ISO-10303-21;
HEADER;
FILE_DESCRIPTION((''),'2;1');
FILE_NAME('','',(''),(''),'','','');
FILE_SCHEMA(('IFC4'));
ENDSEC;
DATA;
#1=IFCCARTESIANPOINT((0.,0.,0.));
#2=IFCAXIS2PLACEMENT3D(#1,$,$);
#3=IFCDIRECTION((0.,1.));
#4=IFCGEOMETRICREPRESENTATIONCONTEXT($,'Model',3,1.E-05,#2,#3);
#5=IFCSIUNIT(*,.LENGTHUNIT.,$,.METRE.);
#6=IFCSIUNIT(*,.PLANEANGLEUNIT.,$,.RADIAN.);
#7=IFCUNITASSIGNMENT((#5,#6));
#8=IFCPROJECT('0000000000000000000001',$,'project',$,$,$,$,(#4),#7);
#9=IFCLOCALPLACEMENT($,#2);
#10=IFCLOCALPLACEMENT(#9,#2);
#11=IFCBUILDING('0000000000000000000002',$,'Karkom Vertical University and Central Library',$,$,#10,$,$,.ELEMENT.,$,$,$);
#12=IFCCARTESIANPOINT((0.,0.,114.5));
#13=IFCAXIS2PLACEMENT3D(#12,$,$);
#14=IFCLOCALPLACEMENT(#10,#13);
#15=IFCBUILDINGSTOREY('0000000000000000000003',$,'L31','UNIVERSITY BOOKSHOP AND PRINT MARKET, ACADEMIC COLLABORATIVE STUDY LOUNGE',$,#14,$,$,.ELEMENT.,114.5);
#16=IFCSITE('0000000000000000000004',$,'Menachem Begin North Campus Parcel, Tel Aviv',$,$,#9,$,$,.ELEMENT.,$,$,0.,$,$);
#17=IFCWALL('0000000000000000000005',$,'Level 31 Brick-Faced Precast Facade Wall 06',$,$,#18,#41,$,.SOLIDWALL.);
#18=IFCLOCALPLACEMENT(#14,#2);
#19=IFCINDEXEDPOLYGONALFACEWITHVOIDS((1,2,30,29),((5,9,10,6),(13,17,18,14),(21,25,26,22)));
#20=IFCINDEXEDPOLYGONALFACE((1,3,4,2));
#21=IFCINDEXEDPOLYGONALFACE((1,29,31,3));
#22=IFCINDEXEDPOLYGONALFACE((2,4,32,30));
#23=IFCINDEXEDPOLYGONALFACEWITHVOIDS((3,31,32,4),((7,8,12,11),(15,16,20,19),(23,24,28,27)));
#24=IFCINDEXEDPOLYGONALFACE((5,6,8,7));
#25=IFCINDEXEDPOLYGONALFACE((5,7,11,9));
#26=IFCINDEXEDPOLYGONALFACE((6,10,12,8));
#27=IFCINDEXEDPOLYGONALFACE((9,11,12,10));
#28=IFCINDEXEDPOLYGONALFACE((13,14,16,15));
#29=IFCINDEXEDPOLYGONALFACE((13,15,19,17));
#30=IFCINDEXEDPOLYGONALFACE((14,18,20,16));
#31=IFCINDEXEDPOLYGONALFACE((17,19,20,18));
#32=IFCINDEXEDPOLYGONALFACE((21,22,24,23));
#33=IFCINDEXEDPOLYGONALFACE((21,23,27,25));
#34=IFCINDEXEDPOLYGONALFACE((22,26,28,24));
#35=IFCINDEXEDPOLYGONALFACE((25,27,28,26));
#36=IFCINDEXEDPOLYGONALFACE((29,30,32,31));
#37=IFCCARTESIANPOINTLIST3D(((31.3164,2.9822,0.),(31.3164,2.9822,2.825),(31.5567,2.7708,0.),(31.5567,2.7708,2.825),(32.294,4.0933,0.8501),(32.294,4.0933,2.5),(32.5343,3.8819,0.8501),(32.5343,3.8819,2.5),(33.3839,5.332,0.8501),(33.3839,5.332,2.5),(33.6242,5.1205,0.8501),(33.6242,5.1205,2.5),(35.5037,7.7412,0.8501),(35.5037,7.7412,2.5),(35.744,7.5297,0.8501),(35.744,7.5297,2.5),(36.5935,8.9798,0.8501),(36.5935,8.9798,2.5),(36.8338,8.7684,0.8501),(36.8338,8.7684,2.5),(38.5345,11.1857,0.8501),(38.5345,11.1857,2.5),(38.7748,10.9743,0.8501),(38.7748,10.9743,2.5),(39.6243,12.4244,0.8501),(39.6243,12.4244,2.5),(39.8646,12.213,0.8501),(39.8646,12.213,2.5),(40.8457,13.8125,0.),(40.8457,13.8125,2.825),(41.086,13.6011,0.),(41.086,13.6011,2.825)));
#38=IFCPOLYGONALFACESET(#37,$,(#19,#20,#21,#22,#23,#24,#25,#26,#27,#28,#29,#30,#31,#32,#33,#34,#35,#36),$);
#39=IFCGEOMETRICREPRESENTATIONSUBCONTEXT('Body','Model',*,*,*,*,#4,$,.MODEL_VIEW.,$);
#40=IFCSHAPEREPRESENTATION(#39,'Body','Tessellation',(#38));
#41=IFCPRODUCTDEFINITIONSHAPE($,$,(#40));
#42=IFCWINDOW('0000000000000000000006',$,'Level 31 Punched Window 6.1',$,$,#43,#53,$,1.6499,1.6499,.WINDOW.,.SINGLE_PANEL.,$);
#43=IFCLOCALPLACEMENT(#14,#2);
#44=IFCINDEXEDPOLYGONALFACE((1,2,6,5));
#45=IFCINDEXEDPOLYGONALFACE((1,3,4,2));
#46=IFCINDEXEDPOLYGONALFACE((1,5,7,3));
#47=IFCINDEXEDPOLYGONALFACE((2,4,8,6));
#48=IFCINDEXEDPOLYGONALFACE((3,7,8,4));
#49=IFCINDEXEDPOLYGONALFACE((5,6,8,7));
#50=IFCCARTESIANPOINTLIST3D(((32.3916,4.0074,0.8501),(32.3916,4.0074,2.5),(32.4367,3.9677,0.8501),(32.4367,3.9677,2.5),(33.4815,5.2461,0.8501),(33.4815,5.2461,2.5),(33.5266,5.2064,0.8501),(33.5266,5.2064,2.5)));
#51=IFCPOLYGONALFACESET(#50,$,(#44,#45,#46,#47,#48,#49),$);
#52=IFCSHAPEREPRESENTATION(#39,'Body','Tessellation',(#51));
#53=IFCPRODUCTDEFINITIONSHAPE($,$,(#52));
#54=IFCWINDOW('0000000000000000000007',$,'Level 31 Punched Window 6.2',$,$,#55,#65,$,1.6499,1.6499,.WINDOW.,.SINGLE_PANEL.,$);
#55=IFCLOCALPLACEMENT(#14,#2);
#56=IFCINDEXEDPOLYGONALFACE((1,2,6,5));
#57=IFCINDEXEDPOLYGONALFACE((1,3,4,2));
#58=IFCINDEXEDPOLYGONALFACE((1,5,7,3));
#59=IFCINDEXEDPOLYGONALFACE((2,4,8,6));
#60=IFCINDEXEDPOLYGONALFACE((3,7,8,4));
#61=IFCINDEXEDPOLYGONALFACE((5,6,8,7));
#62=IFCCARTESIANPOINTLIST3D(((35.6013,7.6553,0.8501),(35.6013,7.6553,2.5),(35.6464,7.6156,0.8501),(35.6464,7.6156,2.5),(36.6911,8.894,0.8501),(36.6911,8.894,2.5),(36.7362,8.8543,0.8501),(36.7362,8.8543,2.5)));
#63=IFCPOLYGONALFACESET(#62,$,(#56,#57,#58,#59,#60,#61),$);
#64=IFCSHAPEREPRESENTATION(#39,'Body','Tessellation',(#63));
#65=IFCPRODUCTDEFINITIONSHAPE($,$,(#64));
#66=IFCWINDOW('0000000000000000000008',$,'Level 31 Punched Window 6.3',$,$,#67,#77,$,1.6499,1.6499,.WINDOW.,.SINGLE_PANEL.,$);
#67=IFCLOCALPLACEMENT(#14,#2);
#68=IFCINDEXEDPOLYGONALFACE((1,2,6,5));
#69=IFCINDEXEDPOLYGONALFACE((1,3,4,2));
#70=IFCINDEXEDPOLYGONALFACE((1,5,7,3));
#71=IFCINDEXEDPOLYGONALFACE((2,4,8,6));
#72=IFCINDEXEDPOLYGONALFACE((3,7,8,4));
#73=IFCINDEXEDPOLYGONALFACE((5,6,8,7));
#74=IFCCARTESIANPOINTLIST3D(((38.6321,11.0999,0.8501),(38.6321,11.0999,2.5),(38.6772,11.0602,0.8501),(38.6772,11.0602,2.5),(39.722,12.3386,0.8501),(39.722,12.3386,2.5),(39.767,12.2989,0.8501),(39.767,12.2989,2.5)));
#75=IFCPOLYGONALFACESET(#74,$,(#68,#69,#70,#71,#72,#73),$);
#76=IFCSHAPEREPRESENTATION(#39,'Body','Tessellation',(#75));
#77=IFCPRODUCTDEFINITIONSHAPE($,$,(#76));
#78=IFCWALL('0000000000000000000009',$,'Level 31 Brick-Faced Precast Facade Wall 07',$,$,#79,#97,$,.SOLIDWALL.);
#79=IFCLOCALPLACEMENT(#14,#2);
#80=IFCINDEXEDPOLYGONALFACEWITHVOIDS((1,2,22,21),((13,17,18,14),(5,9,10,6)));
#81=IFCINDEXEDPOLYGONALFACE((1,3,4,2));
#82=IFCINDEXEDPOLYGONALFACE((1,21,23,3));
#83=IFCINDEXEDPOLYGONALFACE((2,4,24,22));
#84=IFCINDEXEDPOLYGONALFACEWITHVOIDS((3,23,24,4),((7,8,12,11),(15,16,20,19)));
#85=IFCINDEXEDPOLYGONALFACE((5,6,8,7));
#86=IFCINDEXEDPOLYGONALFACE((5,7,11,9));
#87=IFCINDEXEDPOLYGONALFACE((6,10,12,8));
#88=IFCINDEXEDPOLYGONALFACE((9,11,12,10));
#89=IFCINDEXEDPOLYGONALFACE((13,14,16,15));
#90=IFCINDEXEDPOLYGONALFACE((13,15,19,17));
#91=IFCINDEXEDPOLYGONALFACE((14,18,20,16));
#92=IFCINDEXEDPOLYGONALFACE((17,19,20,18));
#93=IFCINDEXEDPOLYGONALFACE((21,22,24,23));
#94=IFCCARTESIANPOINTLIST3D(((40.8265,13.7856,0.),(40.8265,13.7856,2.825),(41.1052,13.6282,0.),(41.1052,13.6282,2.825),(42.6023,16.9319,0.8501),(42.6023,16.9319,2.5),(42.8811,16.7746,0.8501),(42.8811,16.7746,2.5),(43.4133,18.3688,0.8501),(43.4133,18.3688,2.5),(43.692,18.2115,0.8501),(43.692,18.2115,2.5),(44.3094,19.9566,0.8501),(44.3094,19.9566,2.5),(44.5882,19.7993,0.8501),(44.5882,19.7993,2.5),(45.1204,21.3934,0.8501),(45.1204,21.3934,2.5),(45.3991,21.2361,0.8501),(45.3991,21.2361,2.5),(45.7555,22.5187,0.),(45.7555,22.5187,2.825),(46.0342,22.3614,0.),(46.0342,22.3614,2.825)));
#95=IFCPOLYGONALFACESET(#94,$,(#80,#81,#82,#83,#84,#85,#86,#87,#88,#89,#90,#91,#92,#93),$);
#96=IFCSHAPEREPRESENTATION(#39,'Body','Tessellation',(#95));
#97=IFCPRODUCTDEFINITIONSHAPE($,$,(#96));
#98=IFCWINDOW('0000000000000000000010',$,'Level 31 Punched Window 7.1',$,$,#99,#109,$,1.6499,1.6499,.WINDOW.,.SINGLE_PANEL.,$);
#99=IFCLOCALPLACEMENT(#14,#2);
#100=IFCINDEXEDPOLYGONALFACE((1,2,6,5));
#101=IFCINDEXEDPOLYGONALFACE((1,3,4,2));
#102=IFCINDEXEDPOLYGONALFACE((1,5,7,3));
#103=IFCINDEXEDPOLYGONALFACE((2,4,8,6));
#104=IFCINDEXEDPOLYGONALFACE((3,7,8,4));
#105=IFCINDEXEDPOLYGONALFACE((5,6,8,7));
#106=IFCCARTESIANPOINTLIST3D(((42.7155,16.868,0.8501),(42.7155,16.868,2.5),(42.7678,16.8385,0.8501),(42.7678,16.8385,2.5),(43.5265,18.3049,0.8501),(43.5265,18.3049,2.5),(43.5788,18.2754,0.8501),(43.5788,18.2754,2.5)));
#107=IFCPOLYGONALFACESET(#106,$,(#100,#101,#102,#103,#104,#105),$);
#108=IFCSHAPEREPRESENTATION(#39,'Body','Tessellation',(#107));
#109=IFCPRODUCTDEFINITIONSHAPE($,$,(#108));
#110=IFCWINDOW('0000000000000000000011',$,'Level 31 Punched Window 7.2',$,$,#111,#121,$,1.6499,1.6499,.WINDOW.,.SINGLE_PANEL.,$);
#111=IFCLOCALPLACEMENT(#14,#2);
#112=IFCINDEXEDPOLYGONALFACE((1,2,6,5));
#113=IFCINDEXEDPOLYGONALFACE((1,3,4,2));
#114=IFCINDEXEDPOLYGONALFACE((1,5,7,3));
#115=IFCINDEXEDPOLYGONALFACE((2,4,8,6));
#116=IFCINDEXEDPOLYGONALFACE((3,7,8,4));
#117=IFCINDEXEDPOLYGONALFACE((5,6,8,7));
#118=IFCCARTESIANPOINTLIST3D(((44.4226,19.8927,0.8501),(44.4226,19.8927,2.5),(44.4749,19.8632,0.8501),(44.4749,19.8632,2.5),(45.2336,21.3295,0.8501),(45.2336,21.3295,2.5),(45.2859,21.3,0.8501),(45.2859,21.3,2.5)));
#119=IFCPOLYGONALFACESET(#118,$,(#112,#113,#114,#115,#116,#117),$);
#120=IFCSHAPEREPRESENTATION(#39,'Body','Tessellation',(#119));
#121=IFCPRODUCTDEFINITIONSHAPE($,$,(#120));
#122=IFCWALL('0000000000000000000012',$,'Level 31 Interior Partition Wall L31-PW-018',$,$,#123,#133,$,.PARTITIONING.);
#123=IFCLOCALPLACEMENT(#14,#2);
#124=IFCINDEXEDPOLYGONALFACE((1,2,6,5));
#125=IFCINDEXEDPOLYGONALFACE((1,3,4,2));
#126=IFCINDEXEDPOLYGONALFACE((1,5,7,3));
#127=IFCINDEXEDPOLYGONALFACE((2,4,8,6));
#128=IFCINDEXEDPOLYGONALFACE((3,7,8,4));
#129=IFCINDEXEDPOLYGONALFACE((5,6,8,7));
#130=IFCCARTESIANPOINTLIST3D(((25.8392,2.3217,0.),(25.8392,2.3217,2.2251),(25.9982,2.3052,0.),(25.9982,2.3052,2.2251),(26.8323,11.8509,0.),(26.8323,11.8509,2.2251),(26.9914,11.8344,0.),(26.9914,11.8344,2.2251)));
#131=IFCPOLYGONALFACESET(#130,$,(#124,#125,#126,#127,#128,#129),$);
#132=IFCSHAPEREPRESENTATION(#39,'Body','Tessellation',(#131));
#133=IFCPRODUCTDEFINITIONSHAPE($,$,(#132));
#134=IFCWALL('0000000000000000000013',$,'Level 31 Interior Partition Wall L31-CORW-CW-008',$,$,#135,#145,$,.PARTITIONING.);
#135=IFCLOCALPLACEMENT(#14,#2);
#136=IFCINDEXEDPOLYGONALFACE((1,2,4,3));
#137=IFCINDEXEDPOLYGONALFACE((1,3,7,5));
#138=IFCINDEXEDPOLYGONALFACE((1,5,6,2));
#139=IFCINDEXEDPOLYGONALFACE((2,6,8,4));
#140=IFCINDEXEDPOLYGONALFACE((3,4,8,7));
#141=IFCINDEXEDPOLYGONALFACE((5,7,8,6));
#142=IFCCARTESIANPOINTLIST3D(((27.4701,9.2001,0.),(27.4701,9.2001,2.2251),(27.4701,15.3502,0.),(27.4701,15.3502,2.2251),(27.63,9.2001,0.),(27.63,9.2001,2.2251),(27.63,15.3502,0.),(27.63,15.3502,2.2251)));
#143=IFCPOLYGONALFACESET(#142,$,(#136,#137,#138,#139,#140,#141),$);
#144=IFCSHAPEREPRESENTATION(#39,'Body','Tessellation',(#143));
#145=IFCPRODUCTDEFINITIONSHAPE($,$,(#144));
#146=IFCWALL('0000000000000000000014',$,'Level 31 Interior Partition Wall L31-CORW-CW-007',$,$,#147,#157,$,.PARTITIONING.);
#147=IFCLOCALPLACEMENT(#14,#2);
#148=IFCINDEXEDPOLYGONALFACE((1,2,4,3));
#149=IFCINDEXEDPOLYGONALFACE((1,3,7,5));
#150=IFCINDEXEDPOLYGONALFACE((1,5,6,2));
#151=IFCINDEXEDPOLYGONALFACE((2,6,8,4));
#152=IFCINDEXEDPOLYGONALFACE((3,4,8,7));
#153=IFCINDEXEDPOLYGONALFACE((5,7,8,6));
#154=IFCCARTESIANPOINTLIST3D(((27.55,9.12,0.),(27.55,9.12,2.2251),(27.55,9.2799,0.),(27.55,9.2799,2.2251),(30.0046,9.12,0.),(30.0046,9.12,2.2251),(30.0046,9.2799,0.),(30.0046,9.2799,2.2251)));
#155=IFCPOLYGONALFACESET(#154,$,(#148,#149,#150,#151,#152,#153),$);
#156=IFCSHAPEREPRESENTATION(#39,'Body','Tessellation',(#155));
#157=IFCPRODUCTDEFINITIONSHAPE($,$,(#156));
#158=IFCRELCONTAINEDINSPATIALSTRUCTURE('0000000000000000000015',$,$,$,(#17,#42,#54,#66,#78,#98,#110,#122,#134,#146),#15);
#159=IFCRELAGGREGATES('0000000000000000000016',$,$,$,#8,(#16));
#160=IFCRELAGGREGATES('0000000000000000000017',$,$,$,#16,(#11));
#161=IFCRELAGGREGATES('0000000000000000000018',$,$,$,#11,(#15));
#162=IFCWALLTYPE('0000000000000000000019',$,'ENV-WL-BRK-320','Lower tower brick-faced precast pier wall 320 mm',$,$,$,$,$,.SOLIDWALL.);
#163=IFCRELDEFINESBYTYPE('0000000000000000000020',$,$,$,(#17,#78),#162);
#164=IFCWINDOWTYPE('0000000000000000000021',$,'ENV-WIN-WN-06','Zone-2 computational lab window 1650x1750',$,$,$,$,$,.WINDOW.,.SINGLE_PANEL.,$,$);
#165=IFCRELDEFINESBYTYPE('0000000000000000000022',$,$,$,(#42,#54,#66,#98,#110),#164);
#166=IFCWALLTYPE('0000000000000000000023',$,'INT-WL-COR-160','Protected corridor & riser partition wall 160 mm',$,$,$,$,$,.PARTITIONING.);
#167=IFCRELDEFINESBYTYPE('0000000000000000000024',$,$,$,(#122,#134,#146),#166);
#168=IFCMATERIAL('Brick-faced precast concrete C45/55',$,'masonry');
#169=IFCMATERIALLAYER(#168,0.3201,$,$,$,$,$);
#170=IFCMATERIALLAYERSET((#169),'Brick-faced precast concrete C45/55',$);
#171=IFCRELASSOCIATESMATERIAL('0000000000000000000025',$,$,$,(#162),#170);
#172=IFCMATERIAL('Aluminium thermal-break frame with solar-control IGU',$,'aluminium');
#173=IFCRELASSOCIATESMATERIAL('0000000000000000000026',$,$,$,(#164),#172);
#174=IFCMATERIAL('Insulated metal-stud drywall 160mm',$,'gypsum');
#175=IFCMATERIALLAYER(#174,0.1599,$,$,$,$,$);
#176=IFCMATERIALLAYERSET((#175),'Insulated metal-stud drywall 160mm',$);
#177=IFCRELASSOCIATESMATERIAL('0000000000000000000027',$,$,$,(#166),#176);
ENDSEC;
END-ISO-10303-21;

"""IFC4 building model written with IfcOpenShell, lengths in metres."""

from ifc_helpers import new_model, si_unit, direction, frame, frame_2d, origin, origin_with_axes, place, context, subcontext, project, spatial, rectangle, extrude, source, transform, mapped, material, layer, layer_set, type_object, element, fill, save


model = new_model("IFC4")

# Units and contexts
model_context = context("Model", 3, precision=1e-05, world=origin(), true_north=direction((0.0, 1.0)))
body_context = subcontext(model_context, "Body", "Model", "MODEL_VIEW")
ifc_project = project(units=[si_unit("LENGTHUNIT", "METRE"), si_unit("PLANEANGLEUNIT", "RADIAN")], contexts=[model_context])

# Site, building, storey
site_placement = place(None, origin())
site = spatial("IfcSite", under=ifc_project, at=site_placement, Name="Menachem Begin North Campus Parcel, Tel Aviv", CompositionType="ELEMENT", RefElevation=0.0)
building_placement = place(site_placement, origin())
building = spatial("IfcBuilding", under=site, at=building_placement, Name="Karkom Vertical University and Central Library", CompositionType="ELEMENT")
storey_placement = place(building_placement, frame((0.0, 0.0, 114.5)))
storey = spatial("IfcBuildingStorey", under=building, at=storey_placement, Name="L31", Description="UNIVERSITY BOOKSHOP AND PRINT MARKET, ACADEMIC COLLABORATIVE STUDY LOUNGE", CompositionType="ELEMENT", Elevation=114.5)

# Walls, openings, windows
ifc_material_1 = material(Name="Brick-faced precast concrete C45/55", Category="masonry")
ifc_layer_1 = layer(ifc_material_1, 0.3201)
ifc_layer_set_1 = layer_set([ifc_layer_1], Name="Brick-faced precast concrete C45/55")
wall_type_1 = type_object("IfcWallType", Name="ENV-WL-BRK-320", Description="Lower tower brick-faced precast pier wall 320 mm", PredefinedType="SOLIDWALL", material=ifc_layer_set_1)
wall_1_placement = place(storey_placement, frame((31.4365, 2.8765, 0.0), z_axis=(0.0, 0.0, 1.0), x_axis=(0.660574, 0.750761, 0.0)))
wall_1 = element("IfcWall", 1, at=wall_1_placement, inside=storey, type_object=wall_type_1, Name="Level 31 Brick-Faced Precast Facade Wall 06", PredefinedType="SOLIDWALL", context=body_context, shape_type="SweptSolid", body=[
    extrude(rectangle(XDim=14.4258, YDim=0.3201, at=frame_2d((7.2129, 0.0))), origin(), (0.0, 0.0, 1.0), 2.825),
])
opening_1_placement = place(wall_1_placement, frame((1.48, 0.0, 0.8501)))
opening_1 = element("IfcOpeningElement", 2, at=opening_1_placement, cuts=wall_1, PredefinedType="OPENING", context=body_context, shape_type="SweptSolid", body=[
    extrude(rectangle(XDim=1.6499, YDim=1.6499, at=frame_2d((0.825, 0.825))), frame((0.0, 0.1699, 0.0), z_axis=(0.0, -1.0, 0.0), x_axis=(1.0, 0.0, 0.0)), (0.0, 0.0, 1.0), 0.3401),
])
opening_2_placement = place(wall_1_placement, frame((6.3389, 0.0, 0.8501)))
opening_2 = element("IfcOpeningElement", 3, at=opening_2_placement, cuts=wall_1, PredefinedType="OPENING", context=body_context, shape_type="SweptSolid", body=[
    extrude(rectangle(XDim=1.6499, YDim=1.6499, at=frame_2d((0.825, 0.825))), frame((0.0, 0.1699, 0.0), z_axis=(0.0, -1.0, 0.0), x_axis=(1.0, 0.0, 0.0)), (0.0, 0.0, 1.0), 0.3401),
])
opening_3_placement = place(wall_1_placement, frame((10.927, 0.0, 0.8501)))
opening_3 = element("IfcOpeningElement", 4, at=opening_3_placement, cuts=wall_1, PredefinedType="OPENING", context=body_context, shape_type="SweptSolid", body=[
    extrude(rectangle(XDim=1.6499, YDim=1.6499, at=frame_2d((0.825, 0.825))), frame((0.0, 0.1699, 0.0), z_axis=(0.0, -1.0, 0.0), x_axis=(1.0, 0.0, 0.0)), (0.0, 0.0, 1.0), 0.3401),
])
ifc_material_2 = material(Name="Aluminium thermal-break frame with solar-control IGU", Category="aluminium")
window_type = type_object("IfcWindowType", Name="ENV-WIN-WN-06", Description="Zone-2 computational lab window 1650x1750", PartitioningType="SINGLE_PANEL", PredefinedType="WINDOW", material=ifc_material_2)
shared_shape_1 = source(origin_with_axes(), body_context, "Body", "SweptSolid", [
    extrude(rectangle(XDim=1.6499, YDim=1.6499, at=frame_2d((0.825, 0.825))), frame((0.0, 0.03, 0.0), z_axis=(0.0, -1.0, 0.0), x_axis=(1.0, 0.0, 0.0)), (0.0, 0.0, 1.0), 0.0601),
])
window_1_placement = place(opening_1_placement, origin())
window_1 = element("IfcWindow", 5, at=window_1_placement, inside=storey, type_object=window_type, Name="Level 31 Punched Window 6.1", OverallHeight=1.6499, OverallWidth=1.6499, PartitioningType="SINGLE_PANEL", PredefinedType="WINDOW", context=body_context, shape_type="MappedRepresentation", body=[
    mapped(shared_shape_1, transform((0.0, 0.0, 0.0), scale=1.0)),
])
fill(opening_1, window_1)
window_2_placement = place(opening_2_placement, origin())
window_2 = element("IfcWindow", 6, at=window_2_placement, inside=storey, type_object=window_type, Name="Level 31 Punched Window 6.2", OverallHeight=1.6499, OverallWidth=1.6499, PartitioningType="SINGLE_PANEL", PredefinedType="WINDOW", context=body_context, shape_type="MappedRepresentation", body=[
    mapped(shared_shape_1, transform((0.0, 0.0, 0.0), scale=1.0)),
])
fill(opening_2, window_2)
window_3_placement = place(opening_3_placement, origin())
window_3 = element("IfcWindow", 7, at=window_3_placement, inside=storey, type_object=window_type, Name="Level 31 Punched Window 6.3", OverallHeight=1.6499, OverallWidth=1.6499, PartitioningType="SINGLE_PANEL", PredefinedType="WINDOW", context=body_context, shape_type="MappedRepresentation", body=[
    mapped(shared_shape_1, transform((0.0, 0.0, 0.0), scale=1.0)),
])
fill(opening_3, window_3)
wall_2_placement = place(storey_placement, frame((40.9658, 13.7068, 0.0), z_axis=(0.0, 0.0, 1.0), x_axis=(0.491515, 0.870869, 0.0)))
wall_2 = element("IfcWall", 8, at=wall_2_placement, inside=storey, type_object=wall_type_1, Name="Level 31 Brick-Faced Precast Facade Wall 07", PredefinedType="SOLIDWALL", context=body_context, shape_type="SweptSolid", body=[
    extrude(rectangle(XDim=10.0281, YDim=0.3201, at=frame_2d((5.0142, 0.0))), origin(), (0.0, 0.0, 1.0), 2.825),
])
opening_4_placement = place(wall_2_placement, frame((3.613, 0.0, 0.8501)))
opening_4 = element("IfcOpeningElement", 9, at=opening_4_placement, cuts=wall_2, PredefinedType="OPENING", context=body_context, shape_type="SweptSolid", body=[
    extrude(rectangle(XDim=1.6499, YDim=1.6499, at=frame_2d((0.825, 0.825))), frame((0.0, 0.1699, 0.0), z_axis=(0.0, -1.0, 0.0), x_axis=(1.0, 0.0, 0.0)), (0.0, 0.0, 1.0), 0.3401),
])
opening_5_placement = place(wall_2_placement, frame((7.0862, 0.0, 0.8501)))
opening_5 = element("IfcOpeningElement", 10, at=opening_5_placement, cuts=wall_2, PredefinedType="OPENING", context=body_context, shape_type="SweptSolid", body=[
    extrude(rectangle(XDim=1.6499, YDim=1.6499, at=frame_2d((0.825, 0.825))), frame((0.0, 0.1699, 0.0), z_axis=(0.0, -1.0, 0.0), x_axis=(1.0, 0.0, 0.0)), (0.0, 0.0, 1.0), 0.3401),
])
window_4_placement = place(opening_4_placement, origin())
window_4 = element("IfcWindow", 11, at=window_4_placement, inside=storey, type_object=window_type, Name="Level 31 Punched Window 7.1", OverallHeight=1.6499, OverallWidth=1.6499, PartitioningType="SINGLE_PANEL", PredefinedType="WINDOW", context=body_context, shape_type="MappedRepresentation", body=[
    mapped(shared_shape_1, transform((0.0, 0.0, 0.0), scale=1.0)),
])
fill(opening_4, window_4)
window_5_placement = place(opening_5_placement, origin())
window_5 = element("IfcWindow", 12, at=window_5_placement, inside=storey, type_object=window_type, Name="Level 31 Punched Window 7.2", OverallHeight=1.6499, OverallWidth=1.6499, PartitioningType="SINGLE_PANEL", PredefinedType="WINDOW", context=body_context, shape_type="MappedRepresentation", body=[
    mapped(shared_shape_1, transform((0.0, 0.0, 0.0), scale=1.0)),
])
fill(opening_5, window_5)

# Wall
ifc_material_3 = material(Name="Insulated metal-stud drywall 160mm", Category="gypsum")
ifc_layer_2 = layer(ifc_material_3, 0.1599)
ifc_layer_set_2 = layer_set([ifc_layer_2], Name="Insulated metal-stud drywall 160mm")
wall_type_2 = type_object("IfcWallType", Name="INT-WL-COR-160", Description="Protected corridor & riser partition wall 160 mm", PredefinedType="PARTITIONING", material=ifc_layer_set_2)
wall_3_placement = place(storey_placement, frame((26.9119, 11.8428, 0.0), z_axis=(0.0, 0.0, 1.0), x_axis=(-0.103661, -0.994613, 0.0)))
element("IfcWall", 13, at=wall_3_placement, inside=storey, type_object=wall_type_2, Name="Level 31 Interior Partition Wall L31-PW-018", PredefinedType="PARTITIONING", context=body_context, shape_type="SweptSolid", body=[
    extrude(rectangle(XDim=9.5808, YDim=0.1599, at=frame_2d((4.7905, 0.0))), origin(), (0.0, 0.0, 1.0), 2.2251),
])

# Walls
wall_4_placement = place(storey_placement, frame((27.55, 9.2, 0.0), z_axis=(0.0, 0.0, 1.0), x_axis=(0.0, 1.0, 0.0)))
element("IfcWall", 14, at=wall_4_placement, inside=storey, type_object=wall_type_2, Name="Level 31 Interior Partition Wall L31-CORW-CW-008", PredefinedType="PARTITIONING", context=body_context, shape_type="SweptSolid", body=[
    extrude(rectangle(XDim=6.1501, YDim=0.1599, at=frame_2d((3.0752, 0.0))), origin(), (0.0, 0.0, 1.0), 2.2251),
])
wall_5_placement = place(storey_placement, frame((30.0046, 9.2, 0.0), z_axis=(0.0, 0.0, 1.0), x_axis=(-1.0, 0.0, 0.0)))
element("IfcWall", 15, at=wall_5_placement, inside=storey, type_object=wall_type_2, Name="Level 31 Interior Partition Wall L31-CORW-CW-007", PredefinedType="PARTITIONING", context=body_context, shape_type="SweptSolid", body=[
    extrude(rectangle(XDim=2.4546, YDim=0.1599, at=frame_2d((1.2273, 0.0))), origin(), (0.0, 0.0, 1.0), 2.2251),
])

save(model, "model.ifc")
